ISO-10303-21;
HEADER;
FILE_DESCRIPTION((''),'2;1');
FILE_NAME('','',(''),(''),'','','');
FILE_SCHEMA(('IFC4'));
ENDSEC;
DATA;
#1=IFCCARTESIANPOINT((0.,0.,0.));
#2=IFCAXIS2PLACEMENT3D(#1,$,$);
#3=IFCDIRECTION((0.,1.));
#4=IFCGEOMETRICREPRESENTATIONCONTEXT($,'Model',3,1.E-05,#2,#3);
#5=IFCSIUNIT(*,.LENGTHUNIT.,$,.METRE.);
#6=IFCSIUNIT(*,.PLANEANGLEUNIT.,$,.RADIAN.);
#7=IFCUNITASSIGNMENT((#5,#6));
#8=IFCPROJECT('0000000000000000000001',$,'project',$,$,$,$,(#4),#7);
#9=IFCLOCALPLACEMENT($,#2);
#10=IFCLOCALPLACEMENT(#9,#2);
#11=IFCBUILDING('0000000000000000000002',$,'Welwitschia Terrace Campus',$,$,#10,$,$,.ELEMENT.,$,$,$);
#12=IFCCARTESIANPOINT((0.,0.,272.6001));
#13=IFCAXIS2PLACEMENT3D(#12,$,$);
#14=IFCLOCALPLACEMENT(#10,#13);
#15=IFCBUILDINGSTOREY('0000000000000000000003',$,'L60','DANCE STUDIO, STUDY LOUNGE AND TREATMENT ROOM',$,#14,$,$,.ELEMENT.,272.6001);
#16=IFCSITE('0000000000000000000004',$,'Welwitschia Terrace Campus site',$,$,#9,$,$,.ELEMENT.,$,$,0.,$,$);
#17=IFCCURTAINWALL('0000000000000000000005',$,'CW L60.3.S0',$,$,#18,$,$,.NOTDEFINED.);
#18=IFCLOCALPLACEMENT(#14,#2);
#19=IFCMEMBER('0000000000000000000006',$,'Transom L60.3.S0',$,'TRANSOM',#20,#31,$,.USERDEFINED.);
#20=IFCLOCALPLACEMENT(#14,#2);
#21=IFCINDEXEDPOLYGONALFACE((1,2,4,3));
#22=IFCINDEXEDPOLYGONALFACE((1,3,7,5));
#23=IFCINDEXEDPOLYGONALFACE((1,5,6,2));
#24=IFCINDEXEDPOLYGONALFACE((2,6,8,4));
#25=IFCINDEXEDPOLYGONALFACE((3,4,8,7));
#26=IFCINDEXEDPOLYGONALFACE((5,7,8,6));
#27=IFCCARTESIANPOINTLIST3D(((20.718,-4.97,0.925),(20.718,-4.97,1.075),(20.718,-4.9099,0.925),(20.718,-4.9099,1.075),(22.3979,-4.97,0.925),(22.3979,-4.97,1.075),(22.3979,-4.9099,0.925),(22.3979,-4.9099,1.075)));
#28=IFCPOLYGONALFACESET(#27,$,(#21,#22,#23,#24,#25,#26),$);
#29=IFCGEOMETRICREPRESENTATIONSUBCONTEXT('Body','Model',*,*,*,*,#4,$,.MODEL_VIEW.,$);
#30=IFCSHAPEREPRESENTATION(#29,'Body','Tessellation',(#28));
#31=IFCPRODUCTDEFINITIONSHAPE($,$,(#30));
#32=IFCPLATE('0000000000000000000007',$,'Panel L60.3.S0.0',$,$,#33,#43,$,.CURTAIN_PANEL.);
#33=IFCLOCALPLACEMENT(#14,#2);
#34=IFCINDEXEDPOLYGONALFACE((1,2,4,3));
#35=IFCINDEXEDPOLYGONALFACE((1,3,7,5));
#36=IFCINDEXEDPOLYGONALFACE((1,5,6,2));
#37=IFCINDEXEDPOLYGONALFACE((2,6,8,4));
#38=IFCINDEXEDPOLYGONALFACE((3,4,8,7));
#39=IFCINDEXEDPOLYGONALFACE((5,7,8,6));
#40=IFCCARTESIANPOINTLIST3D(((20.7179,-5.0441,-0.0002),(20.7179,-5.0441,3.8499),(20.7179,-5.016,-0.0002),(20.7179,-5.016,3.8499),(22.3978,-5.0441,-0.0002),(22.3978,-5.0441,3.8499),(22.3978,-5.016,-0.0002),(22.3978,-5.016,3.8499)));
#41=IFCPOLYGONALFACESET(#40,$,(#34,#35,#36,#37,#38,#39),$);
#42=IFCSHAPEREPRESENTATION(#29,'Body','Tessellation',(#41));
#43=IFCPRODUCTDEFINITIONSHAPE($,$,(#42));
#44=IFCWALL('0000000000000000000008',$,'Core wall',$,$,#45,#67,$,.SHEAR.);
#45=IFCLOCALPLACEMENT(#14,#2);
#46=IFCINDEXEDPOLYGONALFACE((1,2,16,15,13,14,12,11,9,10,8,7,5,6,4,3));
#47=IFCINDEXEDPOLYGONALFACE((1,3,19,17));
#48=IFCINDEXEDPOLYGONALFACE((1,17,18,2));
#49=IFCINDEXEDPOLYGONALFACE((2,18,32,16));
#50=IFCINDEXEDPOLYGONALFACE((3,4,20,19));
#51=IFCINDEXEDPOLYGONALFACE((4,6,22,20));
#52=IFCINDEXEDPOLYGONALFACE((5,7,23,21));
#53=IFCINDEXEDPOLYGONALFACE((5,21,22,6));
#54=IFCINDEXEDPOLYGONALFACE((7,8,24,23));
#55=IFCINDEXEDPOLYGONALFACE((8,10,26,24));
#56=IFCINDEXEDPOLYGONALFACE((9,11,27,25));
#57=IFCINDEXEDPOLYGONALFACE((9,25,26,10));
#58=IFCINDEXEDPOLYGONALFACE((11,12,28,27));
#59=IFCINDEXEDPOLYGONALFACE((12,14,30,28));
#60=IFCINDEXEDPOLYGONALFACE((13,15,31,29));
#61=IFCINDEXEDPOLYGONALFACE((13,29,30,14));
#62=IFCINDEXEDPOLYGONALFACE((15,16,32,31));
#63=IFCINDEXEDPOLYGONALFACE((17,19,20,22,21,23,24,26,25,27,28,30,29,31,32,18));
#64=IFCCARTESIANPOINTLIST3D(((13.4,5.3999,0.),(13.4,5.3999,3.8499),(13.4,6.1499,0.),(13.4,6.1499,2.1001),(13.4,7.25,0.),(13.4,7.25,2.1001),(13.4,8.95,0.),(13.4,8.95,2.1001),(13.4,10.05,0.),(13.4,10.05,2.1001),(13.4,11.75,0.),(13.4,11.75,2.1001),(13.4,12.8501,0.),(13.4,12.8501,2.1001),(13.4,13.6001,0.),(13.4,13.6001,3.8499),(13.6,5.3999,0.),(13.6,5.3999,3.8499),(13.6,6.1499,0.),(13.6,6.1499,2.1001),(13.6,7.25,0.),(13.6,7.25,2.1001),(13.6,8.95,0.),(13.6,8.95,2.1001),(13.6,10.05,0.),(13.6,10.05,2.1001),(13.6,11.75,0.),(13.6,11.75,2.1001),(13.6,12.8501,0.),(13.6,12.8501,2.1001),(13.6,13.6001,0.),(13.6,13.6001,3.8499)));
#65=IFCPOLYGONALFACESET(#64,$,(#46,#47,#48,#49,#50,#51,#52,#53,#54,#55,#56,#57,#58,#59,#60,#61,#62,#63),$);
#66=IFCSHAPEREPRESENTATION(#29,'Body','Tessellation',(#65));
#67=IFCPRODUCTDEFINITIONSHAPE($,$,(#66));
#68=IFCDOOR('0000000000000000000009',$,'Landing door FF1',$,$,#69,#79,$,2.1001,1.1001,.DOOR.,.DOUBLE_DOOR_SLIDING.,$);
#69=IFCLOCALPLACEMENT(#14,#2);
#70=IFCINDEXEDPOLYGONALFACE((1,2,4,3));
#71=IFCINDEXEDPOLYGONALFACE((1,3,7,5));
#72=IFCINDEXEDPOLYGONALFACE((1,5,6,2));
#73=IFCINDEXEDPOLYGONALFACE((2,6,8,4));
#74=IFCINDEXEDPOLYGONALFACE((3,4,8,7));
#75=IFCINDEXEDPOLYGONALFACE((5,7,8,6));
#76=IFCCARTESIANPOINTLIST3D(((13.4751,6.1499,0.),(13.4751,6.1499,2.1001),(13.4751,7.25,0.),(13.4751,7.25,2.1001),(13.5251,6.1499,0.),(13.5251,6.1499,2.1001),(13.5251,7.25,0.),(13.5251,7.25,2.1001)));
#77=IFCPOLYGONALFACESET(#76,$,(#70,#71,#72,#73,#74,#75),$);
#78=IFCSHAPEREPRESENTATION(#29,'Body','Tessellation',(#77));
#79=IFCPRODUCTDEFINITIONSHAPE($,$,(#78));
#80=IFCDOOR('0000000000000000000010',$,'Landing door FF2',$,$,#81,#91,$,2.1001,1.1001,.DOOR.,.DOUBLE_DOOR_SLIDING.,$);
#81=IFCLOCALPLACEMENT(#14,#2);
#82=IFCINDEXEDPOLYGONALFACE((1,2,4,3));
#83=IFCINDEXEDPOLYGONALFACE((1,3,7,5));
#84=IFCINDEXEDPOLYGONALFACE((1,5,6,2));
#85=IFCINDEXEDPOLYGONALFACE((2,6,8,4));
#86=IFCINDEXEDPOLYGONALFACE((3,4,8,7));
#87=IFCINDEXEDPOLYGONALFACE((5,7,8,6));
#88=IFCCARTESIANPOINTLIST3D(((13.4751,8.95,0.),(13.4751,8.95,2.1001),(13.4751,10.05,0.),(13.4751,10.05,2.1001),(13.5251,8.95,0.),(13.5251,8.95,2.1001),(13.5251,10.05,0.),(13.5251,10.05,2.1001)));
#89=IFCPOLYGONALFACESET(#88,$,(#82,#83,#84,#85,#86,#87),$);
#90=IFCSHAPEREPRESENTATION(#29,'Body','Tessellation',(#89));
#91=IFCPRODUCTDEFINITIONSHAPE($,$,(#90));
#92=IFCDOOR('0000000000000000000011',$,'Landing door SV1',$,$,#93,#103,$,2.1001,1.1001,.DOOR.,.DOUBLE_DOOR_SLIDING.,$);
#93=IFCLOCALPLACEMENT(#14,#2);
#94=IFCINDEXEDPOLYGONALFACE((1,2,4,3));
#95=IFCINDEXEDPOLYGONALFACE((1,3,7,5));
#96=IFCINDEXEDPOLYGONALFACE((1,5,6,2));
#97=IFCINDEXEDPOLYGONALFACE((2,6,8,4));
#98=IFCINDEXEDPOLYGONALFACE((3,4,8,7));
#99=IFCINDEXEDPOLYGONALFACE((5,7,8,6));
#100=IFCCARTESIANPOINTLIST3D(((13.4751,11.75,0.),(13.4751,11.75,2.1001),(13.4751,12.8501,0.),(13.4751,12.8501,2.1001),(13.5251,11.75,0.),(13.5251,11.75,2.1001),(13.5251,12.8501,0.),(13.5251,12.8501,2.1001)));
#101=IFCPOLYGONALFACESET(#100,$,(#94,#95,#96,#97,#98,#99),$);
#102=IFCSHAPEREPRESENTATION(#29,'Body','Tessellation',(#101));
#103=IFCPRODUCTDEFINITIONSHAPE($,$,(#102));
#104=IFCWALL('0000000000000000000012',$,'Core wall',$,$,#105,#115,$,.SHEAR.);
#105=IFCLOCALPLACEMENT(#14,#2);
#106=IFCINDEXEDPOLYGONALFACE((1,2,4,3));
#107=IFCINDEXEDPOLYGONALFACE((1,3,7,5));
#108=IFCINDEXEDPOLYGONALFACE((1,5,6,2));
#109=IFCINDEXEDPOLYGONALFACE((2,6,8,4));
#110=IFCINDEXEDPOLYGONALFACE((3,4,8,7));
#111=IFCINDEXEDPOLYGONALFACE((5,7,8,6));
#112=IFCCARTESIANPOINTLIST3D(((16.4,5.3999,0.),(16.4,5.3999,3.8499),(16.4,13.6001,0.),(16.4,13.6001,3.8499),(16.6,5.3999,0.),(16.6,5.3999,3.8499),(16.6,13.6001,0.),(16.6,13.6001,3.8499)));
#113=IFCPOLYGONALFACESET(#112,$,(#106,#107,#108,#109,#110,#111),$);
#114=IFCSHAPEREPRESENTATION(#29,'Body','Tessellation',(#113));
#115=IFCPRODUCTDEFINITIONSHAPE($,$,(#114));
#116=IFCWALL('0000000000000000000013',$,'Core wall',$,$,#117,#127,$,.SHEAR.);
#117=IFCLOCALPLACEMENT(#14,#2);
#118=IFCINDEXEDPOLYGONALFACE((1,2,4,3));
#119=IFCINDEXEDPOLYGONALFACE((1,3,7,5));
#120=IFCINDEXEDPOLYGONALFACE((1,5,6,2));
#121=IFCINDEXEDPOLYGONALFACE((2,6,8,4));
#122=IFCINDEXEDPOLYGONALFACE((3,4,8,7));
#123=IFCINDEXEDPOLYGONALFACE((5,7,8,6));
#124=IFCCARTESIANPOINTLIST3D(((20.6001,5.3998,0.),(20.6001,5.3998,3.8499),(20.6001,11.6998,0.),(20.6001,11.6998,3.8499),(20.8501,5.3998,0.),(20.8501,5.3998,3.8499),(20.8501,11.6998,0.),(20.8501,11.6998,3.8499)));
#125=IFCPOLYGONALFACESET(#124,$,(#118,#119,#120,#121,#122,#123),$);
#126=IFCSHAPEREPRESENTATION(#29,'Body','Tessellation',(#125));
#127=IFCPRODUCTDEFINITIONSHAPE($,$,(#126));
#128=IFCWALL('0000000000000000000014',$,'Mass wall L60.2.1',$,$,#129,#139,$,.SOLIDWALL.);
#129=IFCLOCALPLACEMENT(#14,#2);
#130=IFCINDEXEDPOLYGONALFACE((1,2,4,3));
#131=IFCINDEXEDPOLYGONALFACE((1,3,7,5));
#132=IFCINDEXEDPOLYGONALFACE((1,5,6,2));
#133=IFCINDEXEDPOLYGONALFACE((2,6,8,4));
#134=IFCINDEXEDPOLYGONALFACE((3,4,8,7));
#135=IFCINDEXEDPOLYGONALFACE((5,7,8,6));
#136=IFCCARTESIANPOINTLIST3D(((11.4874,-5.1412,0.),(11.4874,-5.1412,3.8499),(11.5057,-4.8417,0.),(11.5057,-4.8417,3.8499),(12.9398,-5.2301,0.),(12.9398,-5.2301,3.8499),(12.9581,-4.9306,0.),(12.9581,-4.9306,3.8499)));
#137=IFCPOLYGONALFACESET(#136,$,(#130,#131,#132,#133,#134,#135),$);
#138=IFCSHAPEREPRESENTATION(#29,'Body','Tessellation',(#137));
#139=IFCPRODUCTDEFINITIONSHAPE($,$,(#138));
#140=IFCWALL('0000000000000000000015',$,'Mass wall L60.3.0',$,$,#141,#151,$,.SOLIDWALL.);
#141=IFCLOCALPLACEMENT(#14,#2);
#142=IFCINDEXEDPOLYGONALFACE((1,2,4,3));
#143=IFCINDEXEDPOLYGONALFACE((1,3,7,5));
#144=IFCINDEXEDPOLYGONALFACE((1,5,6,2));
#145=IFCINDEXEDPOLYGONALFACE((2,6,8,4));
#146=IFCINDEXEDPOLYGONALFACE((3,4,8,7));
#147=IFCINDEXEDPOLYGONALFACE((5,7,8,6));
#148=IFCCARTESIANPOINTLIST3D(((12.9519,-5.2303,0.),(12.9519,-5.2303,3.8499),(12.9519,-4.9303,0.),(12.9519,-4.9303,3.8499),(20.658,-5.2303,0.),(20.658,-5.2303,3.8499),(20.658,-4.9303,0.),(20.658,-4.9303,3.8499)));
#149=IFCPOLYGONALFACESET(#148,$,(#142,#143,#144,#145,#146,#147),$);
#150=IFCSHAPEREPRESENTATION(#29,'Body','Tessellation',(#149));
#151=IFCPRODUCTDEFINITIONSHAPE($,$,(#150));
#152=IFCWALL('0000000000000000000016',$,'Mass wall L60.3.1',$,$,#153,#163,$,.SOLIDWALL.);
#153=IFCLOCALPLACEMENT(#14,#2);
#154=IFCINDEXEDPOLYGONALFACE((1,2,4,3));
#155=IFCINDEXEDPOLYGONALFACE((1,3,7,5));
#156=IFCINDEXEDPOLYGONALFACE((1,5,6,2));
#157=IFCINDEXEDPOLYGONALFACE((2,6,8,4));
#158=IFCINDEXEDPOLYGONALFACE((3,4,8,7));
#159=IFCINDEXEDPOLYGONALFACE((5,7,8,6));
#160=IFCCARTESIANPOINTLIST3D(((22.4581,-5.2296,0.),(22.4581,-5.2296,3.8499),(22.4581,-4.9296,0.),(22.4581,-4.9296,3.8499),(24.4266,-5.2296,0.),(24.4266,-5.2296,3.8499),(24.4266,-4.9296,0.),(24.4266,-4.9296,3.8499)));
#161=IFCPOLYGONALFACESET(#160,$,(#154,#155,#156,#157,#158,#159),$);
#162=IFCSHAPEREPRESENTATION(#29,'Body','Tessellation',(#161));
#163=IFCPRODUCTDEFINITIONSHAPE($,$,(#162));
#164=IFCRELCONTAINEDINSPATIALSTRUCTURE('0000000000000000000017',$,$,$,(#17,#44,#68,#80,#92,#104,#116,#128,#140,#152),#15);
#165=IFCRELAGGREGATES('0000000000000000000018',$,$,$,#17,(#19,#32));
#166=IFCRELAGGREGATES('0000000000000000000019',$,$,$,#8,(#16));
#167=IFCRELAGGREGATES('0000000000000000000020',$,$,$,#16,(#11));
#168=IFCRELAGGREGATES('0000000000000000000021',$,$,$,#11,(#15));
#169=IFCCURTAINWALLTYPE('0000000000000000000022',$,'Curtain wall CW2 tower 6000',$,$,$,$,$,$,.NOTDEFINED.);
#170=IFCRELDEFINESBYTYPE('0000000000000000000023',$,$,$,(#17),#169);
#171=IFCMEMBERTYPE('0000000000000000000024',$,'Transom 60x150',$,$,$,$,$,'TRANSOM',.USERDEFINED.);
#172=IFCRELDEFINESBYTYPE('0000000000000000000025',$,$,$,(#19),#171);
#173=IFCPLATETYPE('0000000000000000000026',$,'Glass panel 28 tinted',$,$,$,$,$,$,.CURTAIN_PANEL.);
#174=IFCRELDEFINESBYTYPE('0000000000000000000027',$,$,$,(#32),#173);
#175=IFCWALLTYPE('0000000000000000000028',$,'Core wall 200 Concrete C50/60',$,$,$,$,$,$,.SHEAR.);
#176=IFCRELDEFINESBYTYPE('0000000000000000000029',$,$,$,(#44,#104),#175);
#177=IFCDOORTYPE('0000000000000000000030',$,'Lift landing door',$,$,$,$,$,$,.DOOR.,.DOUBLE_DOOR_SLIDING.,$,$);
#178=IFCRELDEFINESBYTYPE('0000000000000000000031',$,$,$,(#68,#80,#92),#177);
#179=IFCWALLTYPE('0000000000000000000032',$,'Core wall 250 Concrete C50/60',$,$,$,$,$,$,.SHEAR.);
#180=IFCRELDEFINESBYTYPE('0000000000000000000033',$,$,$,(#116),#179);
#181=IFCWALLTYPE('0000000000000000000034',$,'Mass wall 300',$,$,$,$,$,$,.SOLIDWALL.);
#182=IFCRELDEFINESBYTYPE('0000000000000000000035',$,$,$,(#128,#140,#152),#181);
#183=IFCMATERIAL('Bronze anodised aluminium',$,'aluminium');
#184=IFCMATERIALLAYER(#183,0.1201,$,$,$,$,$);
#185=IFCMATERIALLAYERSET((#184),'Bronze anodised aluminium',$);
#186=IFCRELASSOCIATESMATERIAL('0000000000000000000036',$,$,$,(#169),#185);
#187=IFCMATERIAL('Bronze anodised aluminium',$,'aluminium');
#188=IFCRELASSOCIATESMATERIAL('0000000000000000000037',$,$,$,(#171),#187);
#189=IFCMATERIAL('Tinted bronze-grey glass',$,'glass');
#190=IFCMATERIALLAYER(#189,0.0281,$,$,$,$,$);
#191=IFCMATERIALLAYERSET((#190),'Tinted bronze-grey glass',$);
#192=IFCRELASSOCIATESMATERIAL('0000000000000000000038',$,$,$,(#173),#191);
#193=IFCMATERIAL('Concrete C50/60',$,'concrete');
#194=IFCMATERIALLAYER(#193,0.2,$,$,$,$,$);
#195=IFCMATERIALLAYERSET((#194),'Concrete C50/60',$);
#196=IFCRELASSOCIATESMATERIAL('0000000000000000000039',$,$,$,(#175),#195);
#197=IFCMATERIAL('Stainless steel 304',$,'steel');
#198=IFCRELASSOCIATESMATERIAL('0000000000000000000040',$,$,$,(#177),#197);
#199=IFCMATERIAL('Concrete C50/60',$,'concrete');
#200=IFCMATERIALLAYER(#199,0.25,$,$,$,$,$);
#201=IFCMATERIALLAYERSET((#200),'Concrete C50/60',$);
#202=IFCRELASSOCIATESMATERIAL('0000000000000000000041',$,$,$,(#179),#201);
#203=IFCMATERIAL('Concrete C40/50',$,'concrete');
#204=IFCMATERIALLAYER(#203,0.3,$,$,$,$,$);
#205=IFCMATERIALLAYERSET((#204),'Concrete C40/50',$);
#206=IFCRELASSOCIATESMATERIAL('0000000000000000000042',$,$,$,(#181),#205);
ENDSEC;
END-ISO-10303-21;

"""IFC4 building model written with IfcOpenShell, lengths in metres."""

from ifc_helpers import new_model, si_unit, direction, frame, frame_2d, origin, origin_2d, place, context, subcontext, project, spatial, rectangle, extrude, material, layer, layer_set, material_profile, profile_set, type_object, element, fill, aggregate, save


model = new_model("IFC4")

# Units and contexts
model_context = context("Model", 3, precision=1e-05, world=origin(), true_north=direction((0.0, 1.0)))
body_context = subcontext(model_context, "Body", "Model", "MODEL_VIEW")
ifc_project = project(units=[si_unit("LENGTHUNIT", "METRE"), si_unit("PLANEANGLEUNIT", "RADIAN")], contexts=[model_context])

# Site, building, storey
site_placement = place(None, origin())
site = spatial("IfcSite", under=ifc_project, at=site_placement, Name="Welwitschia Terrace Campus site", CompositionType="ELEMENT", RefElevation=0.0)
building_placement = place(site_placement, origin())
building = spatial("IfcBuilding", under=site, at=building_placement, Name="Welwitschia Terrace Campus", CompositionType="ELEMENT")
storey_placement = place(building_placement, frame((0.0, 0.0, 272.6001)))
storey = spatial("IfcBuildingStorey", under=building, at=storey_placement, Name="L60", Description="DANCE STUDIO, STUDY LOUNGE AND TREATMENT ROOM", CompositionType="ELEMENT", Elevation=272.6001)

# Curtain wall
ifc_material_1 = material(Name="Bronze anodised aluminium", Category="aluminium")
ifc_layer_1 = layer(ifc_material_1, 0.1201)
ifc_layer_set_1 = layer_set([ifc_layer_1], Name="Bronze anodised aluminium")
curtain_wall_type = type_object("IfcCurtainWallType", Name="Curtain wall CW2 tower 6000", PredefinedType="NOTDEFINED", material=ifc_layer_set_1)
curtain_wall_placement = place(storey_placement, origin())
curtain_wall = element("IfcCurtainWall", 1, at=curtain_wall_placement, inside=storey, type_object=curtain_wall_type, Name="CW L60.3.S0", PredefinedType="NOTDEFINED")

# Member
ifc_material_2 = material(Name="Bronze anodised aluminium", Category="aluminium")
ifc_material_profile_1 = material_profile(ifc_material_2, rectangle(XDim=0.0601, YDim=0.1499, at=origin_2d()))
ifc_profile_set_1 = profile_set([ifc_material_profile_1], Name="Bronze anodised aluminium")
member_type_1 = type_object("IfcMemberType", Name="Transom 60x150", ElementType="TRANSOM", PredefinedType="USERDEFINED", material=ifc_profile_set_1)
member_1_placement = place(storey_placement, frame((20.718, -4.9399, 1.0), z_axis=(1.0, 0.0, 0.0), x_axis=(0.0, 1.0, 0.0)))
member_1 = element("IfcMember", 2, at=member_1_placement, type_object=member_type_1, Name="Transom L60.3.S0", ObjectType="TRANSOM", PredefinedType="USERDEFINED", context=body_context, shape_type="SweptSolid", body=[
    extrude(rectangle(XDim=0.0601, YDim=0.1499, at=origin_2d()), origin(), (0.0, 0.0, 1.0), 1.6799),
])

# Plate
ifc_material_3 = material(Name="Tinted bronze-grey glass", Category="glass")
ifc_layer_2 = layer(ifc_material_3, 0.0281)
ifc_layer_set_2 = layer_set([ifc_layer_2], Name="Tinted bronze-grey glass")
plate_type = type_object("IfcPlateType", Name="Glass panel 28 tinted", PredefinedType="CURTAIN_PANEL", material=ifc_layer_set_2)
plate_placement = place(storey_placement, frame((21.5579, -5.03, -0.0002), z_axis=(0.0, 0.0, 1.0), x_axis=(1.0, 0.0, 0.0)))
plate = element("IfcPlate", 3, at=plate_placement, type_object=plate_type, Name="Panel L60.3.S0.0", PredefinedType="CURTAIN_PANEL", context=body_context, shape_type="SweptSolid", body=[
    extrude(rectangle(XDim=1.6799, YDim=0.0281, at=origin_2d()), origin(), (0.0, 0.0, 1.0), 3.8501),
])
aggregate(curtain_wall, [member_1, plate])

# Wall, openings, doors
ifc_material_4 = material(Name="Concrete C50/60", Category="concrete")
ifc_layer_3 = layer(ifc_material_4, 0.2)
ifc_layer_set_3 = layer_set([ifc_layer_3], Name="Concrete C50/60")
wall_type_1 = type_object("IfcWallType", Name="Core wall 200 Concrete C50/60", PredefinedType="SHEAR", material=ifc_layer_set_3)
wall_1_placement = place(storey_placement, frame((13.5, 5.3999, 0.0), z_axis=(0.0, 0.0, 1.0), x_axis=(0.0, 1.0, 0.0)))
wall_1 = element("IfcWall", 4, at=wall_1_placement, inside=storey, type_object=wall_type_1, Name="Core wall", PredefinedType="SHEAR", context=body_context, shape_type="SweptSolid", body=[
    extrude(rectangle(XDim=8.2002, YDim=0.2, at=frame_2d((4.1001, 0.0))), origin(), (0.0, 0.0, 1.0), 3.8499),
])
opening_1_placement = place(wall_1_placement, frame((0.75, 0.0, 0.0)))
opening_1 = element("IfcOpeningElement", 5, at=opening_1_placement, cuts=wall_1, PredefinedType="OPENING", context=body_context, shape_type="SweptSolid", body=[
    extrude(rectangle(XDim=1.1001, YDim=2.1001, at=frame_2d((0.55, 1.05))), frame((0.0, 0.1099, 0.0), z_axis=(0.0, -1.0, 0.0), x_axis=(1.0, 0.0, 0.0)), (0.0, 0.0, 1.0), 0.22),
])
opening_2_placement = place(wall_1_placement, frame((3.55, 0.0, 0.0)))
opening_2 = element("IfcOpeningElement", 6, at=opening_2_placement, cuts=wall_1, PredefinedType="OPENING", context=body_context, shape_type="SweptSolid", body=[
    extrude(rectangle(XDim=1.1001, YDim=2.1001, at=frame_2d((0.55, 1.05))), frame((0.0, 0.1099, 0.0), z_axis=(0.0, -1.0, 0.0), x_axis=(1.0, 0.0, 0.0)), (0.0, 0.0, 1.0), 0.22),
])
opening_3_placement = place(wall_1_placement, frame((6.3501, 0.0, 0.0)))
opening_3 = element("IfcOpeningElement", 7, at=opening_3_placement, cuts=wall_1, PredefinedType="OPENING", context=body_context, shape_type="SweptSolid", body=[
    extrude(rectangle(XDim=1.1001, YDim=2.1001, at=frame_2d((0.55, 1.05))), frame((0.0, 0.1099, 0.0), z_axis=(0.0, -1.0, 0.0), x_axis=(1.0, 0.0, 0.0)), (0.0, 0.0, 1.0), 0.22),
])
ifc_material_5 = material(Name="Stainless steel 304", Category="steel")
door_type = type_object("IfcDoorType", Name="Lift landing door", OperationType="DOUBLE_DOOR_SLIDING", PredefinedType="DOOR", material=ifc_material_5)
door_1_placement = place(opening_1_placement, origin())
door_1 = element("IfcDoor", 8, at=door_1_placement, inside=storey, type_object=door_type, Name="Landing door FF1", OperationType="DOUBLE_DOOR_SLIDING", OverallHeight=2.1001, OverallWidth=1.1001, PredefinedType="DOOR", context=body_context, shape_type="SweptSolid", body=[
    extrude(rectangle(XDim=1.1001, YDim=2.1001, at=frame_2d((0.55, 1.05))), frame((0.0, 0.0249, 0.0), z_axis=(0.0, -1.0, 0.0), x_axis=(1.0, 0.0, 0.0)), (0.0, 0.0, 1.0), 0.05),
])
fill(opening_1, door_1)
door_2_placement = place(opening_2_placement, origin())
door_2 = element("IfcDoor", 9, at=door_2_placement, inside=storey, type_object=door_type, Name="Landing door FF2", OperationType="DOUBLE_DOOR_SLIDING", OverallHeight=2.1001, OverallWidth=1.1001, PredefinedType="DOOR", context=body_context, shape_type="SweptSolid", body=[
    extrude(rectangle(XDim=1.1001, YDim=2.1001, at=frame_2d((0.55, 1.05))), frame((0.0, 0.0249, 0.0), z_axis=(0.0, -1.0, 0.0), x_axis=(1.0, 0.0, 0.0)), (0.0, 0.0, 1.0), 0.05),
])
fill(opening_2, door_2)
door_3_placement = place(opening_3_placement, origin())
door_3 = element("IfcDoor", 10, at=door_3_placement, inside=storey, type_object=door_type, Name="Landing door SV1", OperationType="DOUBLE_DOOR_SLIDING", OverallHeight=2.1001, OverallWidth=1.1001, PredefinedType="DOOR", context=body_context, shape_type="SweptSolid", body=[
    extrude(rectangle(XDim=1.1001, YDim=2.1001, at=frame_2d((0.55, 1.05))), frame((0.0, 0.0249, 0.0), z_axis=(0.0, -1.0, 0.0), x_axis=(1.0, 0.0, 0.0)), (0.0, 0.0, 1.0), 0.05),
])
fill(opening_3, door_3)

# Walls
wall_2_placement = place(storey_placement, frame((16.5, 5.3999, 0.0), z_axis=(0.0, 0.0, 1.0), x_axis=(0.0, 1.0, 0.0)))
element("IfcWall", 11, at=wall_2_placement, inside=storey, type_object=wall_type_1, Name="Core wall", PredefinedType="SHEAR", context=body_context, shape_type="SweptSolid", body=[
    extrude(rectangle(XDim=8.2002, YDim=0.2, at=frame_2d((4.1001, 0.0))), origin(), (0.0, 0.0, 1.0), 3.8499),
])
ifc_material_6 = material(Name="Concrete C50/60", Category="concrete")
ifc_layer_4 = layer(ifc_material_6, 0.25)
ifc_layer_set_4 = layer_set([ifc_layer_4], Name="Concrete C50/60")
wall_type_2 = type_object("IfcWallType", Name="Core wall 250 Concrete C50/60", PredefinedType="SHEAR", material=ifc_layer_set_4)
wall_3_placement = place(storey_placement, frame((20.7251, 5.3999, 0.0), z_axis=(0.0, 0.0, 1.0), x_axis=(0.0, 1.0, 0.0)))
element("IfcWall", 12, at=wall_3_placement, inside=storey, type_object=wall_type_2, Name="Core wall", PredefinedType="SHEAR", context=body_context, shape_type="SweptSolid", body=[
    extrude(rectangle(XDim=6.3, YDim=0.25, at=frame_2d((3.1499, 0.0))), origin(), (0.0, 0.0, 1.0), 3.8499),
])
ifc_material_7 = material(Name="Concrete C40/50", Category="concrete")
ifc_layer_5 = layer(ifc_material_7, 0.3)
ifc_layer_set_5 = layer_set([ifc_layer_5], Name="Concrete C40/50")
wall_type_3 = type_object("IfcWallType", Name="Mass wall 300", PredefinedType="SOLIDWALL", material=ifc_layer_set_5)
wall_4_placement = place(storey_placement, frame((11.4966, -4.9915, 0.0), z_axis=(0.0, 0.0, 1.0), x_axis=(0.998133, -0.061073, 0.0)))
element("IfcWall", 13, at=wall_4_placement, inside=storey, type_object=wall_type_3, Name="Mass wall L60.2.1", PredefinedType="SOLIDWALL", context=body_context, shape_type="SweptSolid", body=[
    extrude(rectangle(XDim=1.4551, YDim=0.3, at=frame_2d((0.7275, 0.0))), origin(), (0.0, 0.0, 1.0), 3.8499),
])
wall_5_placement = place(storey_placement, frame((12.9519, -5.0803, 0.0), z_axis=(0.0, 0.0, 1.0), x_axis=(1.0, 0.0, 0.0)))
element("IfcWall", 14, at=wall_5_placement, inside=storey, type_object=wall_type_3, Name="Mass wall L60.3.0", PredefinedType="SOLIDWALL", context=body_context, shape_type="SweptSolid", body=[
    extrude(rectangle(XDim=7.7061, YDim=0.3, at=frame_2d((3.853, 0.0))), origin(), (0.0, 0.0, 1.0), 3.8499),
])
wall_6_placement = place(storey_placement, frame((22.458, -5.0796, 0.0), z_axis=(0.0, 0.0, 1.0), x_axis=(1.0, 0.0, 0.0)))
element("IfcWall", 15, at=wall_6_placement, inside=storey, type_object=wall_type_3, Name="Mass wall L60.3.1", PredefinedType="SOLIDWALL", context=body_context, shape_type="SweptSolid", body=[
    extrude(rectangle(XDim=1.9685, YDim=0.3, at=frame_2d((0.9844, 0.0))), origin(), (0.0, 0.0, 1.0), 3.8499),
])

save(model, "model.ifc")
